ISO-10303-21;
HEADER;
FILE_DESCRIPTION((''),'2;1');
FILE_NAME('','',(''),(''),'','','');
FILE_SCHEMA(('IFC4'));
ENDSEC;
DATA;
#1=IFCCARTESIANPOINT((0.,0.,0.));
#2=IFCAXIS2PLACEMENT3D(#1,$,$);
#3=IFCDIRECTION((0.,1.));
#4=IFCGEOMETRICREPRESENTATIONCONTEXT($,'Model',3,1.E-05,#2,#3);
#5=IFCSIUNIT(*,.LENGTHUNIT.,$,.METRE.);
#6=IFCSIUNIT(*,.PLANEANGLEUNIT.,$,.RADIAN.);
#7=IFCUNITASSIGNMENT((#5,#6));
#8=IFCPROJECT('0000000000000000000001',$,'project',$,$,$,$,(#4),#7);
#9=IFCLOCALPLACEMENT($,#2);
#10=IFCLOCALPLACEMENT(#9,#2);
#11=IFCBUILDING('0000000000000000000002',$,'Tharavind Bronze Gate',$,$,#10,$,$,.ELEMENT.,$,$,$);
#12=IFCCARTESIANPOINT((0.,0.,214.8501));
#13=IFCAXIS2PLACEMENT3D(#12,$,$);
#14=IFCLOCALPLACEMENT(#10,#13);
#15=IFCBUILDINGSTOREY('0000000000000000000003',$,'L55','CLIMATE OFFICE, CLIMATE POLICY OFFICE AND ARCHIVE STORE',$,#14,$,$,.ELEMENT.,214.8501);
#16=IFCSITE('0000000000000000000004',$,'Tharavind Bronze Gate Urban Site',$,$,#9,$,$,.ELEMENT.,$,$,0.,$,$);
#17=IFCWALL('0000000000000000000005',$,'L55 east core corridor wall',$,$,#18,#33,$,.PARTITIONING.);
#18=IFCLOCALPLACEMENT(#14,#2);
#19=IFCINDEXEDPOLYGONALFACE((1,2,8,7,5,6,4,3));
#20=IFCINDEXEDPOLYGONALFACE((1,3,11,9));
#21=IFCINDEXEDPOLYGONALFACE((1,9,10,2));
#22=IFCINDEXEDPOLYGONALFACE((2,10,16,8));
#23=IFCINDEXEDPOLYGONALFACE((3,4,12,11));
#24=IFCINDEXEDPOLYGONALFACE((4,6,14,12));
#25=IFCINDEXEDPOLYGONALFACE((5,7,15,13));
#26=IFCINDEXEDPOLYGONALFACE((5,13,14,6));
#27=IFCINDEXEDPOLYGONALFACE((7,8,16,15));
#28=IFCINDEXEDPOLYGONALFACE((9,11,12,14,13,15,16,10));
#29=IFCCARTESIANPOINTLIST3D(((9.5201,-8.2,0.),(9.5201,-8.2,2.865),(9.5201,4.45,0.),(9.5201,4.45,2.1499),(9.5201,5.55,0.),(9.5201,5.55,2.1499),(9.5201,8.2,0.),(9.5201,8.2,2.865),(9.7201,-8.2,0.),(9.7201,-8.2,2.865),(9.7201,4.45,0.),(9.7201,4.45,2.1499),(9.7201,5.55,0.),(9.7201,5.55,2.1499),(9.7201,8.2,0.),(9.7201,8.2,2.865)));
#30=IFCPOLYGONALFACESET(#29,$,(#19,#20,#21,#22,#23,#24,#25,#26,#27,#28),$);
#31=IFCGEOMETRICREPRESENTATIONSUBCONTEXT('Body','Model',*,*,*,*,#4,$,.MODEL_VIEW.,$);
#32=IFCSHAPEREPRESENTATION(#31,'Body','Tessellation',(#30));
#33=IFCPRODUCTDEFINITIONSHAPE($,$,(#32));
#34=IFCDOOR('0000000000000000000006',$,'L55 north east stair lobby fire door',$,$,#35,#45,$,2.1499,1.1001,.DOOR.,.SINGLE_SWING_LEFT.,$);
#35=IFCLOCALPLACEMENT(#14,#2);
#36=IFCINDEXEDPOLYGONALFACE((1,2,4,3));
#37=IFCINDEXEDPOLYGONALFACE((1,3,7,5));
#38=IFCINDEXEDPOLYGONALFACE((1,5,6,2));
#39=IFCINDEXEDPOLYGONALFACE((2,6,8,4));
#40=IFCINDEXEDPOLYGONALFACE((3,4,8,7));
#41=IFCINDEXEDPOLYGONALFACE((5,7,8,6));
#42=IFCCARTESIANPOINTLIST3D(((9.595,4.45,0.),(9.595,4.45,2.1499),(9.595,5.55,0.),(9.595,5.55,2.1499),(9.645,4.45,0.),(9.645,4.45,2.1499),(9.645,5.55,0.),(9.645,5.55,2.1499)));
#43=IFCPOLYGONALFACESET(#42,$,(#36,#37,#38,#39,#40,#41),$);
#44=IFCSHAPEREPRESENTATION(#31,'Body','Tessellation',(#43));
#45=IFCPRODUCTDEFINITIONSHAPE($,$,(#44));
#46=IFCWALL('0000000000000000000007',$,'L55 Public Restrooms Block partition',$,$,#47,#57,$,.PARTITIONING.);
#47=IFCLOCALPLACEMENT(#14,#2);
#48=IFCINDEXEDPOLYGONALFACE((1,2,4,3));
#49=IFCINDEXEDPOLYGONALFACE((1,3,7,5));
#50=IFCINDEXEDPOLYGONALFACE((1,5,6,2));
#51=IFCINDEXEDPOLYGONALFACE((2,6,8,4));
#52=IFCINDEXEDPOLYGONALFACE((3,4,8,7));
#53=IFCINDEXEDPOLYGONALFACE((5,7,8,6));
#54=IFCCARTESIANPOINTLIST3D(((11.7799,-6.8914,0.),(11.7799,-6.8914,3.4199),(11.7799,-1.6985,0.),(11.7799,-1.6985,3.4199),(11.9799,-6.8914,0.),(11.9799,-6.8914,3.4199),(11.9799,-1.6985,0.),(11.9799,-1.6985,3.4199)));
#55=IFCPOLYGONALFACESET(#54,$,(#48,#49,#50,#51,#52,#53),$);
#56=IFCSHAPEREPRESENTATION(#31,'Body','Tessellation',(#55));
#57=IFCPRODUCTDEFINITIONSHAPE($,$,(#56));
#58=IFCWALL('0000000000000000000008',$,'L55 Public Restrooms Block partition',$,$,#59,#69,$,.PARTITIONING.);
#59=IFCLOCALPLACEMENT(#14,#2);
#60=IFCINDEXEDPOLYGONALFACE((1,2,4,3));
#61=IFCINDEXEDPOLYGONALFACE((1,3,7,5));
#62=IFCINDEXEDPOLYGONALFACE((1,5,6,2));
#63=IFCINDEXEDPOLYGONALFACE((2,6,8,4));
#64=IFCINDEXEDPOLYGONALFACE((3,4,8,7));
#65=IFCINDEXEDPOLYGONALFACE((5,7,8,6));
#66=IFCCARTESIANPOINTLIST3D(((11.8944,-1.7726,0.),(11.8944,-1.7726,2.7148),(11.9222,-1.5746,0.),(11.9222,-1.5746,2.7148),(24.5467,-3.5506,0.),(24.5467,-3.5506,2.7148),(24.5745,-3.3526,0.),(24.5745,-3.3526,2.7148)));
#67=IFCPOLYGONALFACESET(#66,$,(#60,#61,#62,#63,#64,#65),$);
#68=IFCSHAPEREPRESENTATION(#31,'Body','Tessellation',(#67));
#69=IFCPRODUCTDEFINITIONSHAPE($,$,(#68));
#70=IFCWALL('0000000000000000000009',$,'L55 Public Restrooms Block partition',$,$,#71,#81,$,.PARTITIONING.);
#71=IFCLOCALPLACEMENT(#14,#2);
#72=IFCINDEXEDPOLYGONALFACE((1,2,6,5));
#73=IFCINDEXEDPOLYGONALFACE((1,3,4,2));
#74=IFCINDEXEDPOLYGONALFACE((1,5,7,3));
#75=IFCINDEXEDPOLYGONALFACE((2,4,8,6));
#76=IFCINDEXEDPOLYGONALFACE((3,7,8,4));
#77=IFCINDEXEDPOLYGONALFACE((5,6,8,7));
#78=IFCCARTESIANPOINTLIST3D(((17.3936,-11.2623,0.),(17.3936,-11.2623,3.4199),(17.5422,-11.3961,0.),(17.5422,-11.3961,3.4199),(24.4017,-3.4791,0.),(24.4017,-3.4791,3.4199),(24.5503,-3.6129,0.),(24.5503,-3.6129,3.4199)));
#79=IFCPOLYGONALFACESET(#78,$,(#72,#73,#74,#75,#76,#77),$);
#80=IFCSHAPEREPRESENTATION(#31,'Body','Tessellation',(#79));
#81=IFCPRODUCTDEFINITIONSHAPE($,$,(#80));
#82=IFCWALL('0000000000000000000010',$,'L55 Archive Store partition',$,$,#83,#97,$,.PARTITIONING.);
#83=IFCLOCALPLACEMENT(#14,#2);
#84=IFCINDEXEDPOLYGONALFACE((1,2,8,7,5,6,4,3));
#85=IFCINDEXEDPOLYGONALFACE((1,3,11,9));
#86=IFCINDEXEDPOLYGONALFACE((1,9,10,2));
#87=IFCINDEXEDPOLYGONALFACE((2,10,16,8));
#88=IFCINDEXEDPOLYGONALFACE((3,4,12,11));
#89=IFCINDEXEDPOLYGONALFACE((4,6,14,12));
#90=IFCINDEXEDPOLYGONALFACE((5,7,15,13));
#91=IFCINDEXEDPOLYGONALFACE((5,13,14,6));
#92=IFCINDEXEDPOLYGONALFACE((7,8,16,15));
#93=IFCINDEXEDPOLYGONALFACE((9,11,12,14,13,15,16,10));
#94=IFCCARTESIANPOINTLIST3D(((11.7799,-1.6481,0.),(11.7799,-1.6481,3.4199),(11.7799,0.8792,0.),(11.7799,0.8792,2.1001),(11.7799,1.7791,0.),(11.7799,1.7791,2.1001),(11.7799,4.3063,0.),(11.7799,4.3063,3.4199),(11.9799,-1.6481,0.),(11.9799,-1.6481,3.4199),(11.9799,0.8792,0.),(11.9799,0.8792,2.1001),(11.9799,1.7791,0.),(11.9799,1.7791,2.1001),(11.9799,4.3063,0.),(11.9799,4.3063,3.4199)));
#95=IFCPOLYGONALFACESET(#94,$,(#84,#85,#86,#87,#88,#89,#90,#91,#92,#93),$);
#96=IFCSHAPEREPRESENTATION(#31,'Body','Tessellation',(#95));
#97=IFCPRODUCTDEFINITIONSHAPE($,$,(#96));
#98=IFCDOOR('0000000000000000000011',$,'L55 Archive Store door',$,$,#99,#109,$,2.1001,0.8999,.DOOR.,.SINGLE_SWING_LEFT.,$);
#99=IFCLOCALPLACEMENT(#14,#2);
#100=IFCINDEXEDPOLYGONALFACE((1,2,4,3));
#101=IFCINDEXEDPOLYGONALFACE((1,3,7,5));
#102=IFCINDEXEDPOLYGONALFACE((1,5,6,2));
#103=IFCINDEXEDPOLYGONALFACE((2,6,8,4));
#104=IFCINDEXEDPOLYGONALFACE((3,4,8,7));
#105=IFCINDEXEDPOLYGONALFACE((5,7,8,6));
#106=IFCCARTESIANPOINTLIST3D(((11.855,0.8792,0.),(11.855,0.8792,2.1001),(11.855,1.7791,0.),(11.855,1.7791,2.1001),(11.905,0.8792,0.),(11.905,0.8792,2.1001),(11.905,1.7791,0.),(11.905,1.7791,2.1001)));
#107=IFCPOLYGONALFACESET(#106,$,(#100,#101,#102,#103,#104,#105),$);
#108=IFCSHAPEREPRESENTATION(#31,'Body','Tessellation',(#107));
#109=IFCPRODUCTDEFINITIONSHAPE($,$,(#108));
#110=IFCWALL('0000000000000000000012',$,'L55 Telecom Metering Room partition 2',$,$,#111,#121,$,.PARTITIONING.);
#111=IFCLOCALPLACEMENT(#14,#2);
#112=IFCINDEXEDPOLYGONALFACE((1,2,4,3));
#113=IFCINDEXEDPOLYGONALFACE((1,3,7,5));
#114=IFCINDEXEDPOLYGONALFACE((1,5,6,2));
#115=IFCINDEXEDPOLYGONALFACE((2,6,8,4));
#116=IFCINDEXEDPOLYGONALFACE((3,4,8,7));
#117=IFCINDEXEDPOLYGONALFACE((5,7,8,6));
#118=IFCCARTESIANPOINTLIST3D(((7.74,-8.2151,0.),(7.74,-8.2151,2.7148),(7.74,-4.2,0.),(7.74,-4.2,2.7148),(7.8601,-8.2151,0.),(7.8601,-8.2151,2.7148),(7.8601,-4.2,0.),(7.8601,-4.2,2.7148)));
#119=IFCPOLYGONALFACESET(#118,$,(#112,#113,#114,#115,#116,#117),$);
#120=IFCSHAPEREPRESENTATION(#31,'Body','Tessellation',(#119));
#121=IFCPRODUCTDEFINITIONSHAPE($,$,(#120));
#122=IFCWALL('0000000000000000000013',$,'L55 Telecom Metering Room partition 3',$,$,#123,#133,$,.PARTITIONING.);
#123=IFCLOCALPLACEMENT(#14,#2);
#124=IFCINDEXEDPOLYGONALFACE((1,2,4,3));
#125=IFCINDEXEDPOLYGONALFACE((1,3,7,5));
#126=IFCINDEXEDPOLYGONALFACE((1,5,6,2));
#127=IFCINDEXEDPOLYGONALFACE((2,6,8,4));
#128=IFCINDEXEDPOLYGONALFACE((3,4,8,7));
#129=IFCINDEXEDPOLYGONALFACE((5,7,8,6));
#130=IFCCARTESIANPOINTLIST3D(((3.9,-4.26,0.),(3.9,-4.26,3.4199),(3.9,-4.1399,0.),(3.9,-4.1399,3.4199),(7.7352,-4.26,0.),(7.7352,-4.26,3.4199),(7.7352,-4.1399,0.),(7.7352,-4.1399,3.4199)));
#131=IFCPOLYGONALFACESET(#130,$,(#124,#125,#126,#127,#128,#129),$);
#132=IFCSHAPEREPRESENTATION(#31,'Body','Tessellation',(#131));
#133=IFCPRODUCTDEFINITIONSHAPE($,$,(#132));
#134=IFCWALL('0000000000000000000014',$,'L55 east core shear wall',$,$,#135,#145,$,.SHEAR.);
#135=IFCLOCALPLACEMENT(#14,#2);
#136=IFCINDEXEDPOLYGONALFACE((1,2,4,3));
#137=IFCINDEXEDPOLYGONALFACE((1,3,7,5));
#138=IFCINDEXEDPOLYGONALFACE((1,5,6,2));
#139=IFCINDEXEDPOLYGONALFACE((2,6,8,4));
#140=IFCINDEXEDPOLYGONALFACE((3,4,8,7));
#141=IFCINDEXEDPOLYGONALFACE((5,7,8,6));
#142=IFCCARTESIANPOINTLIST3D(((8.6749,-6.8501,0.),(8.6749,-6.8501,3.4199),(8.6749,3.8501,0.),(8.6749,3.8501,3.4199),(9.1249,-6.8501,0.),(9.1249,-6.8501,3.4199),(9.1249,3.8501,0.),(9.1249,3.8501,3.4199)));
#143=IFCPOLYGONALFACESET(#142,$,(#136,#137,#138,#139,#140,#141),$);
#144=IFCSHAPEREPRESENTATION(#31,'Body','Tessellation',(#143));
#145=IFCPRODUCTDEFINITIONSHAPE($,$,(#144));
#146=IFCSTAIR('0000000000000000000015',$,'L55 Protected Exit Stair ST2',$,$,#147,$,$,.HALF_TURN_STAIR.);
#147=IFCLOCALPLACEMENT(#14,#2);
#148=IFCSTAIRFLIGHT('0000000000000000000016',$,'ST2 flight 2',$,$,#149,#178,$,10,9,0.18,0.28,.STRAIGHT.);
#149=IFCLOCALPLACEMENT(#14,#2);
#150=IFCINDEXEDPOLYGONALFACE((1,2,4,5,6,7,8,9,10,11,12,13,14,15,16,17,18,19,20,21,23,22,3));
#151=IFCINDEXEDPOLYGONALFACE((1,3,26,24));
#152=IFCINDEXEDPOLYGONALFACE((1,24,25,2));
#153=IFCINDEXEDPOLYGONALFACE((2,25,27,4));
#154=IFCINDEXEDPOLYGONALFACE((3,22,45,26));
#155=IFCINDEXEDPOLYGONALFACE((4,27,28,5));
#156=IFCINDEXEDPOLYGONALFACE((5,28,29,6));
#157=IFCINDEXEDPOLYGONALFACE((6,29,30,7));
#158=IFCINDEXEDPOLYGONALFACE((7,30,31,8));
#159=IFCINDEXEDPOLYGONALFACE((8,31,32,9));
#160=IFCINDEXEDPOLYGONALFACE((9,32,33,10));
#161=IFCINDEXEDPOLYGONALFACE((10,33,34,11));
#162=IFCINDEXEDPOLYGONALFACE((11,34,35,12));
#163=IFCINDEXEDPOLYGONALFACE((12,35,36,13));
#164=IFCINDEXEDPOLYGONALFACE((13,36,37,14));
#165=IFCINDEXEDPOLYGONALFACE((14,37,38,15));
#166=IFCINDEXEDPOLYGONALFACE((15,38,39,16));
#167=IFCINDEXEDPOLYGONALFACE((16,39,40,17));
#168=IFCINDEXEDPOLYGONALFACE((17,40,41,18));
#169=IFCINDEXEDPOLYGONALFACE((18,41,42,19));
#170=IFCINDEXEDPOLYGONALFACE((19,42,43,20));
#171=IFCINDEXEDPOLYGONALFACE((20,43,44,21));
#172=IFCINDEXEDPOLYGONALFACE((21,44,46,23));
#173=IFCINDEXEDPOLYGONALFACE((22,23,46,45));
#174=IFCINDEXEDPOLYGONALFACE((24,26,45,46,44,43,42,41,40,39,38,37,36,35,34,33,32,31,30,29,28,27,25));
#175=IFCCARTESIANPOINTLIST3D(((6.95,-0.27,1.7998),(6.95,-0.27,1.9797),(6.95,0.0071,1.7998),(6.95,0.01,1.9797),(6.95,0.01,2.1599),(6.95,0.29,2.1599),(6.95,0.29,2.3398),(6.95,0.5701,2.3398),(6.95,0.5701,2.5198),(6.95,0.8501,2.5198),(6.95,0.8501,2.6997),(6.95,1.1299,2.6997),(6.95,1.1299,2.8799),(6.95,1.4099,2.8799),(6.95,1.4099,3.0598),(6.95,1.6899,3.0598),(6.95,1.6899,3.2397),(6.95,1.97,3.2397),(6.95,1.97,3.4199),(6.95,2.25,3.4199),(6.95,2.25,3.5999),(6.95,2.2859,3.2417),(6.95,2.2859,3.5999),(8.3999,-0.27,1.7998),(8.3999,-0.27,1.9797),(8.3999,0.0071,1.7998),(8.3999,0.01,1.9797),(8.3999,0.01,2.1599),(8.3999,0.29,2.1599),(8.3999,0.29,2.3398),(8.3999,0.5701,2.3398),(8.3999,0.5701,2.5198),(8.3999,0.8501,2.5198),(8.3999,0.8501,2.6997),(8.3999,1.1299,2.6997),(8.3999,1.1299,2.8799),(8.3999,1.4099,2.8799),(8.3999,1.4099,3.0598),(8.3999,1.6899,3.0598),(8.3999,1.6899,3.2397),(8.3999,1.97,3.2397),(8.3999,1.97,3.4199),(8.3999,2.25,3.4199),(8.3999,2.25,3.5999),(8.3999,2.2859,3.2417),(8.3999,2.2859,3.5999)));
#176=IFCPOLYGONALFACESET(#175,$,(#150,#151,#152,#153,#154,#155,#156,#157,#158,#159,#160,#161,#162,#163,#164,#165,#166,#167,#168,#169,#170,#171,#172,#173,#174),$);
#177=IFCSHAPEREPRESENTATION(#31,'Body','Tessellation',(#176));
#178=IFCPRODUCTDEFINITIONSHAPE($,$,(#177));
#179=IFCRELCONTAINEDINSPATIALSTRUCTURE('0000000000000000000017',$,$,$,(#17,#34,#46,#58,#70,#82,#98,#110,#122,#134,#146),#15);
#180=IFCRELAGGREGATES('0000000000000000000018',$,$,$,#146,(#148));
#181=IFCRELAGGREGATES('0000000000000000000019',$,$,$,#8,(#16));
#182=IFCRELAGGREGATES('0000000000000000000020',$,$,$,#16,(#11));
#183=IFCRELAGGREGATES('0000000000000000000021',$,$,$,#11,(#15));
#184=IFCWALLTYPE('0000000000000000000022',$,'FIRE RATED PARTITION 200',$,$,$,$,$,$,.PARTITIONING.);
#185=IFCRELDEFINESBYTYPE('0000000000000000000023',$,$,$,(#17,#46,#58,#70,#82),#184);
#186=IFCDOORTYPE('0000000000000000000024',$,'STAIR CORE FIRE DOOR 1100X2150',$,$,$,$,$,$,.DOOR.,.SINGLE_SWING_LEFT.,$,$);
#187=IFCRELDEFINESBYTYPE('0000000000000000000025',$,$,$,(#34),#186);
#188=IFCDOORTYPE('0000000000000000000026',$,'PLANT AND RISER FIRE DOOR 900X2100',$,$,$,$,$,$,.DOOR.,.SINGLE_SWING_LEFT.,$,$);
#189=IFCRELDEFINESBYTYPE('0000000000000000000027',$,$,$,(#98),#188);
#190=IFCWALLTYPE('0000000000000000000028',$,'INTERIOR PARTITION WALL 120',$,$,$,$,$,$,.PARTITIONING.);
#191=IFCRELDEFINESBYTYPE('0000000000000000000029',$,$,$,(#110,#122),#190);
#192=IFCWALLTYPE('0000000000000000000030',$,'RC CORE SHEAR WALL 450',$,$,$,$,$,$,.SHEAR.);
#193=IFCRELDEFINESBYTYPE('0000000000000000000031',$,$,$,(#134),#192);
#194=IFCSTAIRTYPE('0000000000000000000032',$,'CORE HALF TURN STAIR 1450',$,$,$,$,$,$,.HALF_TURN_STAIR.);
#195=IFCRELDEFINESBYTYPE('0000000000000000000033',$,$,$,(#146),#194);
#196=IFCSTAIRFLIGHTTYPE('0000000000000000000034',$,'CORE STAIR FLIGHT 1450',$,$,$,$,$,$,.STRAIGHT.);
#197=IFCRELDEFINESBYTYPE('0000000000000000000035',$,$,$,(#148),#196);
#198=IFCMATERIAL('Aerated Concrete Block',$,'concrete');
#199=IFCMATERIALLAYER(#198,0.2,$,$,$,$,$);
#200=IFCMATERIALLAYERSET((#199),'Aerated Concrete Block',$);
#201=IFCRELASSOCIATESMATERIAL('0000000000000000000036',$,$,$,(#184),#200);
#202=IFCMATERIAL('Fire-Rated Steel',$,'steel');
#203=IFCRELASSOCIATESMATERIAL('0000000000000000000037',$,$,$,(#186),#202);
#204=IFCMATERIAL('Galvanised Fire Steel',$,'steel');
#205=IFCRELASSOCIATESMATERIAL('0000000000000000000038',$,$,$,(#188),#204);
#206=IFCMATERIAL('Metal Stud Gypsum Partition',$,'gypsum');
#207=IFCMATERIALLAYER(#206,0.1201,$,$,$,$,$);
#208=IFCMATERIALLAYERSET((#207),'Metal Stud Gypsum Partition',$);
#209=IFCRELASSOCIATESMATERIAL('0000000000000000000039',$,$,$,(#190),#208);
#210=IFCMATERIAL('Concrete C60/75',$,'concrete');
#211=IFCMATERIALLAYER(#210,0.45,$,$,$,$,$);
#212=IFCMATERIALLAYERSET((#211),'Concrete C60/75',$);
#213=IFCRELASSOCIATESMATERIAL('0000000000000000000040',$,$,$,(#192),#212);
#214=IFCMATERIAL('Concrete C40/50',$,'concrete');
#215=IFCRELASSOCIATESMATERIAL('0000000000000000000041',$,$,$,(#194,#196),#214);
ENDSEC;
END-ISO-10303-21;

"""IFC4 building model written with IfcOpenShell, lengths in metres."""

from ifc_helpers import new_model, si_unit, direction, frame, frame_2d, origin, place, context, subcontext, project, spatial, polyline, rectangle, outline, extrude, material, layer, layer_set, type_object, element, fill, aggregate, save


model = new_model("IFC4")

# Units and contexts
model_context = context("Model", 3, precision=1e-05, world=origin(), true_north=direction((0.0, 1.0)))
body_context = subcontext(model_context, "Body", "Model", "MODEL_VIEW")
ifc_project = project(units=[si_unit("LENGTHUNIT", "METRE"), si_unit("PLANEANGLEUNIT", "RADIAN")], contexts=[model_context])

# Site, building, storey
site_placement = place(None, origin())
site = spatial("IfcSite", under=ifc_project, at=site_placement, Name="Tharavind Bronze Gate Urban Site", CompositionType="ELEMENT", RefElevation=0.0)
building_placement = place(site_placement, origin())
building = spatial("IfcBuilding", under=site, at=building_placement, Name="Tharavind Bronze Gate", CompositionType="ELEMENT")
storey_placement = place(building_placement, frame((0.0, 0.0, 214.8501)))
storey = spatial("IfcBuildingStorey", under=building, at=storey_placement, Name="L55", Description="CLIMATE OFFICE, CLIMATE POLICY OFFICE AND ARCHIVE STORE", CompositionType="ELEMENT", Elevation=214.8501)

# Shared definitions
ifc_material_1 = material(Name="Concrete C60/75", Category="concrete")

# Wall, opening, door
ifc_material_2 = material(Name="Aerated Concrete Block", Category="concrete")
ifc_layer_1 = layer(ifc_material_2, 0.2)
ifc_layer_set_1 = layer_set([ifc_layer_1], Name="Aerated Concrete Block")
wall_type_1 = type_object("IfcWallType", Name="FIRE RATED PARTITION 200", PredefinedType="PARTITIONING", material=ifc_layer_set_1)
wall_1_placement = place(storey_placement, frame((9.6201, -8.2, 0.0), z_axis=(0.0, 0.0, 1.0), x_axis=(0.0, 1.0, 0.0)))
wall_1 = element("IfcWall", 1, at=wall_1_placement, inside=storey, type_object=wall_type_1, Name="L55 east core corridor wall", PredefinedType="PARTITIONING", context=body_context, shape_type="SweptSolid", body=[
    extrude(rectangle(XDim=16.3999, YDim=0.2, at=frame_2d((8.2, 0.0))), origin(), (0.0, 0.0, 1.0), 2.865),
])
opening_1_placement = place(wall_1_placement, frame((12.6499, 0.0, 0.0)))
opening_1 = element("IfcOpeningElement", 2, at=opening_1_placement, cuts=wall_1, PredefinedType="OPENING", context=body_context, shape_type="SweptSolid", body=[
    extrude(rectangle(XDim=1.1001, YDim=2.1499, at=frame_2d((0.55, 1.075))), frame((0.0, 0.1101, 0.0), z_axis=(0.0, -1.0, 0.0), x_axis=(1.0, 0.0, 0.0)), (0.0, 0.0, 1.0), 0.22),
])
ifc_material_3 = material(Name="Fire-Rated Steel", Category="steel")
door_type_1 = type_object("IfcDoorType", Name="STAIR CORE FIRE DOOR 1100X2150", OperationType="SINGLE_SWING_LEFT", PredefinedType="DOOR", material=ifc_material_3)
door_1_placement = place(opening_1_placement, frame((1.1001, 0.0, 0.0), z_axis=(0.0, 0.0, 1.0), x_axis=(-1.0, 0.0, 0.0)))
door_1 = element("IfcDoor", 3, at=door_1_placement, inside=storey, type_object=door_type_1, Name="L55 north east stair lobby fire door", OperationType="SINGLE_SWING_LEFT", OverallHeight=2.1499, OverallWidth=1.1001, PredefinedType="DOOR", context=body_context, shape_type="SweptSolid", body=[
    extrude(rectangle(XDim=1.1001, YDim=2.1499, at=frame_2d((0.55, 1.075))), frame((0.0, 0.0249, 0.0), z_axis=(0.0, -1.0, 0.0), x_axis=(1.0, 0.0, 0.0)), (0.0, 0.0, 1.0), 0.05),
])
fill(opening_1, door_1)

# Walls
wall_2_placement = place(storey_placement, frame((11.8799, -6.8914, 0.0), z_axis=(0.0, 0.0, 1.0), x_axis=(0.0, 1.0, 0.0)))
element("IfcWall", 4, at=wall_2_placement, inside=storey, type_object=wall_type_1, Name="L55 Public Restrooms Block partition", PredefinedType="PARTITIONING", context=body_context, shape_type="SweptSolid", body=[
    extrude(rectangle(XDim=5.1929, YDim=0.2, at=frame_2d((2.5964, 0.0))), origin(), (0.0, 0.0, 1.0), 3.4199),
])
wall_3_placement = place(storey_placement, frame((11.9084, -1.6736, 0.0), z_axis=(0.0, 0.0, 1.0), x_axis=(0.990269, -0.139166, 0.0)))
element("IfcWall", 5, at=wall_3_placement, inside=storey, type_object=wall_type_1, Name="L55 Public Restrooms Block partition", PredefinedType="PARTITIONING", context=body_context, shape_type="SweptSolid", body=[
    extrude(rectangle(XDim=12.7766, YDim=0.2, at=frame_2d((6.3882, 0.0))), origin(), (0.0, 0.0, 1.0), 2.7148),
])
wall_4_placement = place(storey_placement, frame((24.4761, -3.5459, 0.0), z_axis=(0.0, 0.0, 1.0), x_axis=(-0.669132, -0.743143, 0.0)))
element("IfcWall", 6, at=wall_4_placement, inside=storey, type_object=wall_type_1, Name="L55 Public Restrooms Block partition", PredefinedType="PARTITIONING", context=body_context, shape_type="SweptSolid", body=[
    extrude(rectangle(XDim=10.4734, YDim=0.2, at=frame_2d((5.2368, 0.0))), origin(), (0.0, 0.0, 1.0), 3.4199),
])

# Wall, opening, door
wall_5_placement = place(storey_placement, frame((11.8799, -1.6479, 0.0), z_axis=(0.0, 0.0, 1.0), x_axis=(0.0, 1.0, 0.0)))
wall_5 = element("IfcWall", 7, at=wall_5_placement, inside=storey, type_object=wall_type_1, Name="L55 Archive Store partition", PredefinedType="PARTITIONING", context=body_context, shape_type="SweptSolid", body=[
    extrude(rectangle(XDim=5.9543, YDim=0.2, at=frame_2d((2.9771, 0.0))), origin(), (0.0, 0.0, 1.0), 3.4199),
])
opening_2_placement = place(wall_5_placement, frame((2.5271, 0.0, 0.0)))
opening_2 = element("IfcOpeningElement", 8, at=opening_2_placement, cuts=wall_5, PredefinedType="OPENING", context=body_context, shape_type="SweptSolid", body=[
    extrude(rectangle(XDim=0.8999, YDim=2.1001, at=frame_2d((0.45, 1.05))), frame((0.0, 0.1101, 0.0), z_axis=(0.0, -1.0, 0.0), x_axis=(1.0, 0.0, 0.0)), (0.0, 0.0, 1.0), 0.22),
])
ifc_material_4 = material(Name="Galvanised Fire Steel", Category="steel")
door_type_2 = type_object("IfcDoorType", Name="PLANT AND RISER FIRE DOOR 900X2100", OperationType="SINGLE_SWING_LEFT", PredefinedType="DOOR", material=ifc_material_4)
door_2_placement = place(opening_2_placement, origin())
door_2 = element("IfcDoor", 9, at=door_2_placement, inside=storey, type_object=door_type_2, Name="L55 Archive Store door", OperationType="SINGLE_SWING_LEFT", OverallHeight=2.1001, OverallWidth=0.8999, PredefinedType="DOOR", context=body_context, shape_type="SweptSolid", body=[
    extrude(rectangle(XDim=0.8999, YDim=2.1001, at=frame_2d((0.45, 1.05))), frame((0.0, 0.0249, 0.0), z_axis=(0.0, -1.0, 0.0), x_axis=(1.0, 0.0, 0.0)), (0.0, 0.0, 1.0), 0.05),
])
fill(opening_2, door_2)

# Walls
ifc_material_5 = material(Name="Metal Stud Gypsum Partition", Category="gypsum")
ifc_layer_2 = layer(ifc_material_5, 0.1201)
ifc_layer_set_2 = layer_set([ifc_layer_2], Name="Metal Stud Gypsum Partition")
wall_type_2 = type_object("IfcWallType", Name="INTERIOR PARTITION WALL 120", PredefinedType="PARTITIONING", material=ifc_layer_set_2)
wall_6_placement = place(storey_placement, frame((7.8, -8.2151, 0.0), z_axis=(0.0, 0.0, 1.0), x_axis=(0.0, 1.0, 0.0)))
element("IfcWall", 10, at=wall_6_placement, inside=storey, type_object=wall_type_2, Name="L55 Telecom Metering Room partition 2", PredefinedType="PARTITIONING", context=body_context, shape_type="SweptSolid", body=[
    extrude(rectangle(XDim=4.0151, YDim=0.1201, at=frame_2d((2.0076, 0.0))), origin(), (0.0, 0.0, 1.0), 2.7148),
])
wall_7_placement = place(storey_placement, frame((7.7351, -4.2, 0.0), z_axis=(0.0, 0.0, 1.0), x_axis=(-1.0, 0.0, 0.0)))
element("IfcWall", 11, at=wall_7_placement, inside=storey, type_object=wall_type_2, Name="L55 Telecom Metering Room partition 3", PredefinedType="PARTITIONING", context=body_context, shape_type="SweptSolid", body=[
    extrude(rectangle(XDim=3.8352, YDim=0.1201, at=frame_2d((1.9175, 0.0))), origin(), (0.0, 0.0, 1.0), 3.4199),
])
ifc_layer_3 = layer(ifc_material_1, 0.45)
ifc_layer_set_3 = layer_set([ifc_layer_3], Name="Concrete C60/75")
wall_type_3 = type_object("IfcWallType", Name="RC CORE SHEAR WALL 450", PredefinedType="SHEAR", material=ifc_layer_set_3)
wall_8_placement = place(storey_placement, frame((8.8999, -6.8501, 0.0), z_axis=(0.0, 0.0, 1.0), x_axis=(0.0, 1.0, 0.0)))
element("IfcWall", 12, at=wall_8_placement, inside=storey, type_object=wall_type_3, Name="L55 east core shear wall", PredefinedType="SHEAR", context=body_context, shape_type="SweptSolid", body=[
    extrude(rectangle(XDim=10.7002, YDim=0.45, at=frame_2d((5.3501, 0.0))), origin(), (0.0, 0.0, 1.0), 3.4199),
])

# Stair, stair flight
ifc_material_6 = material(Name="Concrete C40/50", Category="concrete")
stair_type = type_object("IfcStairType", Name="CORE HALF TURN STAIR 1450", PredefinedType="HALF_TURN_STAIR", material=ifc_material_6)
stair_placement = place(storey_placement, origin())
stair = element("IfcStair", 13, at=stair_placement, inside=storey, type_object=stair_type, Name="L55 Protected Exit Stair ST2", PredefinedType="HALF_TURN_STAIR")
stair_flight_type = type_object("IfcStairFlightType", Name="CORE STAIR FLIGHT 1450", PredefinedType="STRAIGHT", material=ifc_material_6)
stair_flight_placement = place(storey_placement, frame((7.675, -0.27, 1.7998), z_axis=(0.0, 0.0, 1.0), x_axis=(0.0, 1.0, 0.0)))
stair_flight = element("IfcStairFlight", 14, at=stair_flight_placement, type_object=stair_flight_type, Name="ST2 flight 2", NumberOfRisers=10, NumberOfTreads=9, PredefinedType="STRAIGHT", RiserHeight=0.18, TreadLength=0.28, context=body_context, shape_type="SweptSolid", body=[
    extrude(outline(polyline([(0.0, 0.0), (0.0, 0.1799), (0.28, 0.1799), (0.28, 0.3601), (0.5601, 0.3601), (0.5601, 0.54), (0.8401, 0.54), (0.8401, 0.72), (1.1201, 0.72), (1.1201, 0.8999), (1.3999, 0.8999), (1.3999, 1.0801), (1.6799, 1.0801), (1.6799, 1.26), (1.96, 1.26), (1.96, 1.4399), (2.24, 1.4399), (2.24, 1.6201), (2.52, 1.6201), (2.52, 1.8), (2.5559, 1.8), (2.5559, 1.4419), (0.2771, 0.0), (0.0, 0.0)])), frame((0.0, 0.7251, 0.0), z_axis=(0.0, -1.0, 0.0), x_axis=(1.0, 0.0, 0.0)), (0.0, 0.0, 1.0), 1.45),
])
aggregate(stair, [stair_flight])

save(model, "model.ifc")
